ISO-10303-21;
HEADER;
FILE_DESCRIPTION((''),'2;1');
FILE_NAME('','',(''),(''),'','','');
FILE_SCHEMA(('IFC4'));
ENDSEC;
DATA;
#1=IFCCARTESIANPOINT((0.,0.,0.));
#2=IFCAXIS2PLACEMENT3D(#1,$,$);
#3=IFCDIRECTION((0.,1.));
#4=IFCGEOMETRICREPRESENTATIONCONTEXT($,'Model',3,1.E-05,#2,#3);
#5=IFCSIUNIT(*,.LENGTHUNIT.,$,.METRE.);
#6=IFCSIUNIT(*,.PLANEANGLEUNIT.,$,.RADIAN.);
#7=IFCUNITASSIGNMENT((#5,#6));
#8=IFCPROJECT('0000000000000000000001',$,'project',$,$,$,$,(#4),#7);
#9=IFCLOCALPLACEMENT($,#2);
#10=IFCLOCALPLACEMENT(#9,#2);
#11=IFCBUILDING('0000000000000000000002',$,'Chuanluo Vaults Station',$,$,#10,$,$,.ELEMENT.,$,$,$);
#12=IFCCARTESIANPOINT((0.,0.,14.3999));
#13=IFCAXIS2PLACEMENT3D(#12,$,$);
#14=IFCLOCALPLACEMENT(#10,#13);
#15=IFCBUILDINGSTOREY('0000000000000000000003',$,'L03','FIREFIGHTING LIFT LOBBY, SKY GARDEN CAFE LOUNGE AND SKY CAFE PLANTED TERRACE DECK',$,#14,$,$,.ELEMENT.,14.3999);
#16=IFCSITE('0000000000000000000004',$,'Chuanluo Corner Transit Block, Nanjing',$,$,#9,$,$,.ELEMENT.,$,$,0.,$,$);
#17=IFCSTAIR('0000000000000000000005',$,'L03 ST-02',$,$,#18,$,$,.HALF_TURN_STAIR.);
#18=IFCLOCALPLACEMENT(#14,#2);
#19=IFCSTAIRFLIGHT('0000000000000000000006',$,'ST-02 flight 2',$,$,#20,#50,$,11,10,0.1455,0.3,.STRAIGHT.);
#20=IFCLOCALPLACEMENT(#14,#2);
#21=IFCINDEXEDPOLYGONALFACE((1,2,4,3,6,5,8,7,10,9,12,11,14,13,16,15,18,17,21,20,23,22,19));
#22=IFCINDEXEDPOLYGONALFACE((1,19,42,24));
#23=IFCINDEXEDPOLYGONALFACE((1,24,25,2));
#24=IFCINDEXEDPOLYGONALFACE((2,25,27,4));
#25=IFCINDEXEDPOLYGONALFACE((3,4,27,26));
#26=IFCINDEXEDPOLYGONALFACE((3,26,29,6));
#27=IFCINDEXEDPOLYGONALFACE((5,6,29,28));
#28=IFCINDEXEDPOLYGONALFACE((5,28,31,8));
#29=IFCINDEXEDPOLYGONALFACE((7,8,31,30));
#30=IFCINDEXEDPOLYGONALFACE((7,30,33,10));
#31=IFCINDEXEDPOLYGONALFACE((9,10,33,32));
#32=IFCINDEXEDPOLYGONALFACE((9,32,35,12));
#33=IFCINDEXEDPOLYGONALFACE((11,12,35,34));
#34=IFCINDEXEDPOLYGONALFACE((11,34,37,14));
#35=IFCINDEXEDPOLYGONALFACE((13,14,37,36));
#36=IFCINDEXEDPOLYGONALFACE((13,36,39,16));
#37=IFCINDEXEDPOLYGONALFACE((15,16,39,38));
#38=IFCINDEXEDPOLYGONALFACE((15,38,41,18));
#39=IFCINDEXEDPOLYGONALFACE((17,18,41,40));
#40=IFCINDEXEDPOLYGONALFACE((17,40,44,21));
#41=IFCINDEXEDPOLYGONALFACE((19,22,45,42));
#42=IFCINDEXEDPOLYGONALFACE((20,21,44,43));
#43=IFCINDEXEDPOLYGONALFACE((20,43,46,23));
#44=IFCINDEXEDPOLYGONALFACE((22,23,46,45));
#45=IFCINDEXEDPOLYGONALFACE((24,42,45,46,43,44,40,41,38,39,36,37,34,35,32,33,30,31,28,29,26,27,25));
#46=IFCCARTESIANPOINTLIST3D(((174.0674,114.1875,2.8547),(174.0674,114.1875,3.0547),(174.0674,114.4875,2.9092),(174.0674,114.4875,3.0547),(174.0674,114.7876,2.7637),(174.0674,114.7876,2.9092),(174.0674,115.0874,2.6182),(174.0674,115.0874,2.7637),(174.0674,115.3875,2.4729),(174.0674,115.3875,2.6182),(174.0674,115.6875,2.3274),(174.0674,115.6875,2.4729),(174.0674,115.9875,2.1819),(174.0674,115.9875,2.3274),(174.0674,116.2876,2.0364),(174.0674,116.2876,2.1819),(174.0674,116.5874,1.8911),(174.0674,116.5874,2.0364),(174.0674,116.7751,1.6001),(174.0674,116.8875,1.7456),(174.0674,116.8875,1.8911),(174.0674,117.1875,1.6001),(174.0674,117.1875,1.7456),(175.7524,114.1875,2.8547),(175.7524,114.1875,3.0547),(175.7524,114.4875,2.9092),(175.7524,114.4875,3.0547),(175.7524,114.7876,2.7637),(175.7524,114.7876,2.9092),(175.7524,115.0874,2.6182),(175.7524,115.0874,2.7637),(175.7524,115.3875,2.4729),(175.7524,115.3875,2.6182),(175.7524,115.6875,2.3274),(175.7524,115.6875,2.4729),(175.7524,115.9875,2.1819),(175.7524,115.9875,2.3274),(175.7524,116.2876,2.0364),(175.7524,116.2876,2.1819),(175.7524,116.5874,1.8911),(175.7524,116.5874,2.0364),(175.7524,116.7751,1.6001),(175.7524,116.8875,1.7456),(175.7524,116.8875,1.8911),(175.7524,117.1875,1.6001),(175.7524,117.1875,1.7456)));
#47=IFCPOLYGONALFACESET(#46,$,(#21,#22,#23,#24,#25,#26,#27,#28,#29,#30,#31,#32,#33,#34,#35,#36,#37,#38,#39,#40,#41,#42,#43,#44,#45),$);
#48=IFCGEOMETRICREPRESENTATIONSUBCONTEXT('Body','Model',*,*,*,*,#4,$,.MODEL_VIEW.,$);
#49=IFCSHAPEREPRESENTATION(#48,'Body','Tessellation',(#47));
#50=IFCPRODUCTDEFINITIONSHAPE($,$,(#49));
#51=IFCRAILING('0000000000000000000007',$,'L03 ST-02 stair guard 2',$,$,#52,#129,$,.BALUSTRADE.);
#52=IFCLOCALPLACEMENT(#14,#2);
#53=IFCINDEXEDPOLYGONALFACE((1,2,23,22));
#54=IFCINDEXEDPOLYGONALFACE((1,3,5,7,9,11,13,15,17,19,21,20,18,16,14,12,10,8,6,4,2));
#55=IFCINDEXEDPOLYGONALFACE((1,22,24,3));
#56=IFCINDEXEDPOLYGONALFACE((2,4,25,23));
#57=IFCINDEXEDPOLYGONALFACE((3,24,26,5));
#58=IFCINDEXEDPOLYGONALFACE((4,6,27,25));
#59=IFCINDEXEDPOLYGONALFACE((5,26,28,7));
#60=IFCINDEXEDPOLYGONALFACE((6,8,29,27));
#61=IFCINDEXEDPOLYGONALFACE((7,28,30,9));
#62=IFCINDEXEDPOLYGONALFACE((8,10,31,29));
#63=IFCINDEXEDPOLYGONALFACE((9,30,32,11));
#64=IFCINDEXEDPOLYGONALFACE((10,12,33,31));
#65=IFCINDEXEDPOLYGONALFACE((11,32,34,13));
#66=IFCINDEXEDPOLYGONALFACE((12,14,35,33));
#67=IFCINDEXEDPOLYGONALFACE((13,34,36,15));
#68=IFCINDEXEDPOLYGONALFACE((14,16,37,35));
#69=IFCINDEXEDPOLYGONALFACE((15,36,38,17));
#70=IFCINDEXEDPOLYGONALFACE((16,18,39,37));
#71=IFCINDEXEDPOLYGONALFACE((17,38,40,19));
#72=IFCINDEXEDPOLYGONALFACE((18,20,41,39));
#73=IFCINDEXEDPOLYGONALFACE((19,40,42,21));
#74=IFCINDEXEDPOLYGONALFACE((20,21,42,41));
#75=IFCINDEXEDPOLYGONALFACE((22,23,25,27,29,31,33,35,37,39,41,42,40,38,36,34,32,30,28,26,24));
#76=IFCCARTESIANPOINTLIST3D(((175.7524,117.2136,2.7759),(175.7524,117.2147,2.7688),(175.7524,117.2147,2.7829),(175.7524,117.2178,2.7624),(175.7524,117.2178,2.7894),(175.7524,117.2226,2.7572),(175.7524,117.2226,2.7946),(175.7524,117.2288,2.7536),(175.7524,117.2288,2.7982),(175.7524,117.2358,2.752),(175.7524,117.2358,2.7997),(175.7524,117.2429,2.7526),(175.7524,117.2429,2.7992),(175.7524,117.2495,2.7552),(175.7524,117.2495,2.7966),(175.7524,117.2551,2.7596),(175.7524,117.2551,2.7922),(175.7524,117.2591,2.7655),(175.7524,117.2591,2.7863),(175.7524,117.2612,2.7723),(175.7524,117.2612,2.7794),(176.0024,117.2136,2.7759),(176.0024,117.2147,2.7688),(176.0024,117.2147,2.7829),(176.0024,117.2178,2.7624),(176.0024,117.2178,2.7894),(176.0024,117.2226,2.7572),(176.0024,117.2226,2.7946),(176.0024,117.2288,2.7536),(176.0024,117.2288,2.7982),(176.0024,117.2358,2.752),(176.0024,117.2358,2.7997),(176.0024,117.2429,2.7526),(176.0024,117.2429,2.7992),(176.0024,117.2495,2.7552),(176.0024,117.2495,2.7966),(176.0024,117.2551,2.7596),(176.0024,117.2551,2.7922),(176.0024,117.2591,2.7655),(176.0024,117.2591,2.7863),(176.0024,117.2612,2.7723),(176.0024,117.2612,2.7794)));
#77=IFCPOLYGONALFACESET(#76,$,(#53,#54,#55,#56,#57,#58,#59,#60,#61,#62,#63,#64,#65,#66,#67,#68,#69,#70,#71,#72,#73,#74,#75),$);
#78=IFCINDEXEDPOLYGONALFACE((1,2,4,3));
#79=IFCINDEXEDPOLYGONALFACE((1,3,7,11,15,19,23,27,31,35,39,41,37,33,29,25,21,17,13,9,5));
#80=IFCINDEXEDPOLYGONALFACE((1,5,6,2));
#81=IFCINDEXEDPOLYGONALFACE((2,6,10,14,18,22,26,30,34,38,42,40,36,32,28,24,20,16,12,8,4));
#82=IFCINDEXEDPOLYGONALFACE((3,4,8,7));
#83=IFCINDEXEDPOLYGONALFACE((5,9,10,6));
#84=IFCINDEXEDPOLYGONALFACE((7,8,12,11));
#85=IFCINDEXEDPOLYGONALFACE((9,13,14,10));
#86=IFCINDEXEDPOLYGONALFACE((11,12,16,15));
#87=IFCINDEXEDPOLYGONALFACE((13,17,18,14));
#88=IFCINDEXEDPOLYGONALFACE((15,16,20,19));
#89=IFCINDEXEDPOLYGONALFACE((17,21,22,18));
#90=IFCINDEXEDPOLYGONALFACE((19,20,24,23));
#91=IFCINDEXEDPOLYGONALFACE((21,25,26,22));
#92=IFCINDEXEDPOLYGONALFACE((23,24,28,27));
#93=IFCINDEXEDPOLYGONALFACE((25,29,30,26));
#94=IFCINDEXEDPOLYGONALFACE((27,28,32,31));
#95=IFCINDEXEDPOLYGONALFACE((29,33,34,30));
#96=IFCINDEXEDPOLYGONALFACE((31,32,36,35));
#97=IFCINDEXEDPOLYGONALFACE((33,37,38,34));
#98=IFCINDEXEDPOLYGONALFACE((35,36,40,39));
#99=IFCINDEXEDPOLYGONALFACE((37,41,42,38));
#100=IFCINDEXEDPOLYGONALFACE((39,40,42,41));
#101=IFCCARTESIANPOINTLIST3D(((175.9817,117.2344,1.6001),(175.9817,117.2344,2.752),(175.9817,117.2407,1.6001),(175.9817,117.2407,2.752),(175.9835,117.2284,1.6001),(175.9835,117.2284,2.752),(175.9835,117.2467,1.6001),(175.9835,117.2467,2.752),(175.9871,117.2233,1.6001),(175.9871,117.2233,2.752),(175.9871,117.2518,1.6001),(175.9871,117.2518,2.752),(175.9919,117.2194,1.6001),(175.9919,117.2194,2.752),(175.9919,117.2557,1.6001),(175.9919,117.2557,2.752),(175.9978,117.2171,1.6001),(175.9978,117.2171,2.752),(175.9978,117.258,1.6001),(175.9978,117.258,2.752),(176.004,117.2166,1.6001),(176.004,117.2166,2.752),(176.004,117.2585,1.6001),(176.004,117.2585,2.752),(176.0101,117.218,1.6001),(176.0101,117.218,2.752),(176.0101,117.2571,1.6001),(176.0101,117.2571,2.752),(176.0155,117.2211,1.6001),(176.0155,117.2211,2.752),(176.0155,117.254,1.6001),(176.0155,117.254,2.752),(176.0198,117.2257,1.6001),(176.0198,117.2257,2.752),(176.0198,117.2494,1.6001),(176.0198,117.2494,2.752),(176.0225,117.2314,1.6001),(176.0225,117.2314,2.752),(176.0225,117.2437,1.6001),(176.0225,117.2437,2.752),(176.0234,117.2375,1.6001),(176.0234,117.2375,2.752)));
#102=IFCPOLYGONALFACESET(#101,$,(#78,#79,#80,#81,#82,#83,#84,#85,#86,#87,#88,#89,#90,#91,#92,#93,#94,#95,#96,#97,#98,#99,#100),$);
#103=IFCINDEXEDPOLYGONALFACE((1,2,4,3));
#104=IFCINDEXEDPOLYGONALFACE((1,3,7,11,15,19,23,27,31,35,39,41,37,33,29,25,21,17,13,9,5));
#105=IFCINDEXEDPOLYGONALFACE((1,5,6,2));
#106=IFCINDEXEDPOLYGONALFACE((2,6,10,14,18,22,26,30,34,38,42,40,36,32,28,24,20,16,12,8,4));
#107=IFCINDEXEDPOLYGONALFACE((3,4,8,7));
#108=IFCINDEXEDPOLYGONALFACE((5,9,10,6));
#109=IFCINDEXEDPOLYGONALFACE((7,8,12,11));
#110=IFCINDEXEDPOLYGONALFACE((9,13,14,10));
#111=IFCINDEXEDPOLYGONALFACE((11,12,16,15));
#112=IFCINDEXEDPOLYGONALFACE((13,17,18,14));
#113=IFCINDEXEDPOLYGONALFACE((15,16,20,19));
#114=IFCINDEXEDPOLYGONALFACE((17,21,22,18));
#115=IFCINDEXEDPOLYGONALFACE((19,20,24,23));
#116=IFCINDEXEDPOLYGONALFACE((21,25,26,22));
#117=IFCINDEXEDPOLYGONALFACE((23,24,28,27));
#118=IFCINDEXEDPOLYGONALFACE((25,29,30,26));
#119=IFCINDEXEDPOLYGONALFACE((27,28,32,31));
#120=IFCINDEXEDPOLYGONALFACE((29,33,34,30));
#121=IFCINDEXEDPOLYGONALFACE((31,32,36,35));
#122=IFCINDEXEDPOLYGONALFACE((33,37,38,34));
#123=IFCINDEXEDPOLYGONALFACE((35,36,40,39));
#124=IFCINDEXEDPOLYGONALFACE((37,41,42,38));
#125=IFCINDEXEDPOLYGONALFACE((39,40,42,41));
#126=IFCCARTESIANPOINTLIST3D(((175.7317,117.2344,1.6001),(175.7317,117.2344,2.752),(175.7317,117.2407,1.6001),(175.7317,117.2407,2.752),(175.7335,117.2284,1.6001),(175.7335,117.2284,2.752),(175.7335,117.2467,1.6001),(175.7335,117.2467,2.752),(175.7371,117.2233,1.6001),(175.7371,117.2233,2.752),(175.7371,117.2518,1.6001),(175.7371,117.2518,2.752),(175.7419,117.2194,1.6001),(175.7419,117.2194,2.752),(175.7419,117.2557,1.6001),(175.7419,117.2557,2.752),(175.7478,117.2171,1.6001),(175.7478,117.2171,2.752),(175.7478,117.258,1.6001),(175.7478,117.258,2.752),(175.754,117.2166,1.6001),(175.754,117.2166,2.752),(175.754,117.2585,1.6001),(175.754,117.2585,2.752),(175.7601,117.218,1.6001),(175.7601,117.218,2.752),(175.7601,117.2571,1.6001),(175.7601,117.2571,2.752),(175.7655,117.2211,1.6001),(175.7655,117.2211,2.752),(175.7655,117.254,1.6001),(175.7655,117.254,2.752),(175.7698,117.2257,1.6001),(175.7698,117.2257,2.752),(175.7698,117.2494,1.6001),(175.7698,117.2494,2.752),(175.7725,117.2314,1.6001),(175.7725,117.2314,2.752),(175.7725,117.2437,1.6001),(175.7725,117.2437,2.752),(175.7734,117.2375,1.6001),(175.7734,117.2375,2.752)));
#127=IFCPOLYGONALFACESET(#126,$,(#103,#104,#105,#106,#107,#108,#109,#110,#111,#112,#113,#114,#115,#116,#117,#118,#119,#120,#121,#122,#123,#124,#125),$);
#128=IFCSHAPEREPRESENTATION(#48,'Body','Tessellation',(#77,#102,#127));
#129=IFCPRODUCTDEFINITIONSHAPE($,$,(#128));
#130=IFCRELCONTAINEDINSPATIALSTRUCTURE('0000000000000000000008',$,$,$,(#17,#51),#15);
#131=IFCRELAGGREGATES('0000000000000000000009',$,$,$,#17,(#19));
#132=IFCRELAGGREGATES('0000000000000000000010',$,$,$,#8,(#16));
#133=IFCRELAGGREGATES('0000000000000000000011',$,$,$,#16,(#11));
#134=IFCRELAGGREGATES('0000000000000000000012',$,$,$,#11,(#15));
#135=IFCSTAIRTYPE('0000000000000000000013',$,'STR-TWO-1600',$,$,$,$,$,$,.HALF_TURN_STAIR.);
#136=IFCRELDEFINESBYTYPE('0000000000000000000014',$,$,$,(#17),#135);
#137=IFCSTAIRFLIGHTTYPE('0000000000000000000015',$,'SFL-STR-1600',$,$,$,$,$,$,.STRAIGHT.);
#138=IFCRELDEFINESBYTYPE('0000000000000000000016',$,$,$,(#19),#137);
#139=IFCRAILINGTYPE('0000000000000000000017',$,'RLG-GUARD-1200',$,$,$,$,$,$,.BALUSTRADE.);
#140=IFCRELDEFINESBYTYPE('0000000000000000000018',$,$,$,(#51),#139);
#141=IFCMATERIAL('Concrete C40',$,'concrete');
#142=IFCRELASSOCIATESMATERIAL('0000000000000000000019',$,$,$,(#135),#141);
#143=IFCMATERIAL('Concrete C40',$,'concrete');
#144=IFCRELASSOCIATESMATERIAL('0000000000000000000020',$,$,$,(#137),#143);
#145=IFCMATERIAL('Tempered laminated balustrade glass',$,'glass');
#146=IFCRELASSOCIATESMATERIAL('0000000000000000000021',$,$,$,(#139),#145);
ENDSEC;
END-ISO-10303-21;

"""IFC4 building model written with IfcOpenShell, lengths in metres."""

from ifc_helpers import new_model, si_unit, direction, frame, origin, origin_2d, place, context, subcontext, project, spatial, polyline, circle, outline, extrude, material, type_object, element, aggregate, save


model = new_model("IFC4")

# Units and contexts
model_context = context("Model", 3, precision=1e-05, world=origin(), true_north=direction((0.0, 1.0)))
body_context = subcontext(model_context, "Body", "Model", "MODEL_VIEW")
ifc_project = project(units=[si_unit("LENGTHUNIT", "METRE"), si_unit("PLANEANGLEUNIT", "RADIAN")], contexts=[model_context])

# Site, building, storey
site_placement = place(None, origin())
site = spatial("IfcSite", under=ifc_project, at=site_placement, Name="Chuanluo Corner Transit Block, Nanjing", CompositionType="ELEMENT", RefElevation=0.0)
building_placement = place(site_placement, origin())
building = spatial("IfcBuilding", under=site, at=building_placement, Name="Chuanluo Vaults Station", CompositionType="ELEMENT")
storey_placement = place(building_placement, frame((0.0, 0.0, 14.3999)))
storey = spatial("IfcBuildingStorey", under=building, at=storey_placement, Name="L03", Description="FIREFIGHTING LIFT LOBBY, SKY GARDEN CAFE LOUNGE AND SKY CAFE PLANTED TERRACE DECK", CompositionType="ELEMENT", Elevation=14.3999)

# Stair, stair flight
ifc_material_1 = material(Name="Concrete C40", Category="concrete")
stair_type = type_object("IfcStairType", Name="STR-TWO-1600", PredefinedType="HALF_TURN_STAIR", material=ifc_material_1)
stair_placement = place(storey_placement, origin())
stair = element("IfcStair", 1, at=stair_placement, inside=storey, type_object=stair_type, Name="L03 ST-02", PredefinedType="HALF_TURN_STAIR")
ifc_material_2 = material(Name="Concrete C40", Category="concrete")
stair_flight_type = type_object("IfcStairFlightType", Name="SFL-STR-1600", PredefinedType="STRAIGHT", material=ifc_material_2)
stair_flight_placement = place(storey_placement, frame((174.9099, 117.1875, 1.6001), z_axis=(0.0, 0.0, 1.0), x_axis=(0.0, -1.0, 0.0)))
stair_flight = element("IfcStairFlight", 2, at=stair_flight_placement, type_object=stair_flight_type, Name="ST-02 flight 2", NumberOfRisers=11, NumberOfTreads=10, PredefinedType="STRAIGHT", RiserHeight=0.1455, TreadLength=0.3, context=body_context, shape_type="SweptSolid", body=[
    extrude(outline(polyline([(0.0, 0.0), (0.0, 0.1455), (0.3, 0.1455), (0.3, 0.291), (0.6001, 0.291), (0.6001, 0.4363), (0.8999, 0.4363), (0.8999, 0.5818), (1.2, 0.5818), (1.2, 0.7273), (1.5, 0.7273), (1.5, 0.8728), (1.8, 0.8728), (1.8, 1.0181), (2.1001, 1.0181), (2.1001, 1.1636), (2.3999, 1.1636), (2.3999, 1.3091), (2.7, 1.3091), (2.7, 1.4546), (3.0, 1.4546), (3.0, 1.6001), (3.0, 1.2546), (0.4124, 0.0), (0.0, 0.0)])), frame((0.0, 0.8425, 0.0), z_axis=(0.0, -1.0, 0.0), x_axis=(1.0, 0.0, 0.0)), (0.0, 0.0, 1.0), 1.6851),
])
aggregate(stair, [stair_flight])

# Railing
ifc_material_3 = material(Name="Tempered laminated balustrade glass", Category="glass")
railing_type_1 = type_object("IfcRailingType", Name="RLG-GUARD-1200", PredefinedType="BALUSTRADE", material=ifc_material_3)
railing_1_placement = place(storey_placement, frame((176.0024, 117.2375, 1.6001)))
element("IfcRailing", 3, at=railing_1_placement, inside=storey, type_object=railing_type_1, Name="L03 ST-02 stair guard 2", PredefinedType="BALUSTRADE", context=body_context, shape_type="SweptSolid", body=[
    extrude(circle(Radius=0.0239, at=origin_2d()), frame((0.0, 0.0, 1.1758), z_axis=(-1.0, 0.0, 0.0), x_axis=(0.0, -1.0, 0.0)), (0.0, 0.0, 1.0), 0.25),
    extrude(circle(Radius=0.021, at=origin_2d()), origin(), (0.0, 0.0, 1.0), 1.1519),
    extrude(circle(Radius=0.021, at=origin_2d()), frame((-0.25, 0.0, 0.0)), (0.0, 0.0, 1.0), 1.1519),
])

save(model, "model.ifc")
